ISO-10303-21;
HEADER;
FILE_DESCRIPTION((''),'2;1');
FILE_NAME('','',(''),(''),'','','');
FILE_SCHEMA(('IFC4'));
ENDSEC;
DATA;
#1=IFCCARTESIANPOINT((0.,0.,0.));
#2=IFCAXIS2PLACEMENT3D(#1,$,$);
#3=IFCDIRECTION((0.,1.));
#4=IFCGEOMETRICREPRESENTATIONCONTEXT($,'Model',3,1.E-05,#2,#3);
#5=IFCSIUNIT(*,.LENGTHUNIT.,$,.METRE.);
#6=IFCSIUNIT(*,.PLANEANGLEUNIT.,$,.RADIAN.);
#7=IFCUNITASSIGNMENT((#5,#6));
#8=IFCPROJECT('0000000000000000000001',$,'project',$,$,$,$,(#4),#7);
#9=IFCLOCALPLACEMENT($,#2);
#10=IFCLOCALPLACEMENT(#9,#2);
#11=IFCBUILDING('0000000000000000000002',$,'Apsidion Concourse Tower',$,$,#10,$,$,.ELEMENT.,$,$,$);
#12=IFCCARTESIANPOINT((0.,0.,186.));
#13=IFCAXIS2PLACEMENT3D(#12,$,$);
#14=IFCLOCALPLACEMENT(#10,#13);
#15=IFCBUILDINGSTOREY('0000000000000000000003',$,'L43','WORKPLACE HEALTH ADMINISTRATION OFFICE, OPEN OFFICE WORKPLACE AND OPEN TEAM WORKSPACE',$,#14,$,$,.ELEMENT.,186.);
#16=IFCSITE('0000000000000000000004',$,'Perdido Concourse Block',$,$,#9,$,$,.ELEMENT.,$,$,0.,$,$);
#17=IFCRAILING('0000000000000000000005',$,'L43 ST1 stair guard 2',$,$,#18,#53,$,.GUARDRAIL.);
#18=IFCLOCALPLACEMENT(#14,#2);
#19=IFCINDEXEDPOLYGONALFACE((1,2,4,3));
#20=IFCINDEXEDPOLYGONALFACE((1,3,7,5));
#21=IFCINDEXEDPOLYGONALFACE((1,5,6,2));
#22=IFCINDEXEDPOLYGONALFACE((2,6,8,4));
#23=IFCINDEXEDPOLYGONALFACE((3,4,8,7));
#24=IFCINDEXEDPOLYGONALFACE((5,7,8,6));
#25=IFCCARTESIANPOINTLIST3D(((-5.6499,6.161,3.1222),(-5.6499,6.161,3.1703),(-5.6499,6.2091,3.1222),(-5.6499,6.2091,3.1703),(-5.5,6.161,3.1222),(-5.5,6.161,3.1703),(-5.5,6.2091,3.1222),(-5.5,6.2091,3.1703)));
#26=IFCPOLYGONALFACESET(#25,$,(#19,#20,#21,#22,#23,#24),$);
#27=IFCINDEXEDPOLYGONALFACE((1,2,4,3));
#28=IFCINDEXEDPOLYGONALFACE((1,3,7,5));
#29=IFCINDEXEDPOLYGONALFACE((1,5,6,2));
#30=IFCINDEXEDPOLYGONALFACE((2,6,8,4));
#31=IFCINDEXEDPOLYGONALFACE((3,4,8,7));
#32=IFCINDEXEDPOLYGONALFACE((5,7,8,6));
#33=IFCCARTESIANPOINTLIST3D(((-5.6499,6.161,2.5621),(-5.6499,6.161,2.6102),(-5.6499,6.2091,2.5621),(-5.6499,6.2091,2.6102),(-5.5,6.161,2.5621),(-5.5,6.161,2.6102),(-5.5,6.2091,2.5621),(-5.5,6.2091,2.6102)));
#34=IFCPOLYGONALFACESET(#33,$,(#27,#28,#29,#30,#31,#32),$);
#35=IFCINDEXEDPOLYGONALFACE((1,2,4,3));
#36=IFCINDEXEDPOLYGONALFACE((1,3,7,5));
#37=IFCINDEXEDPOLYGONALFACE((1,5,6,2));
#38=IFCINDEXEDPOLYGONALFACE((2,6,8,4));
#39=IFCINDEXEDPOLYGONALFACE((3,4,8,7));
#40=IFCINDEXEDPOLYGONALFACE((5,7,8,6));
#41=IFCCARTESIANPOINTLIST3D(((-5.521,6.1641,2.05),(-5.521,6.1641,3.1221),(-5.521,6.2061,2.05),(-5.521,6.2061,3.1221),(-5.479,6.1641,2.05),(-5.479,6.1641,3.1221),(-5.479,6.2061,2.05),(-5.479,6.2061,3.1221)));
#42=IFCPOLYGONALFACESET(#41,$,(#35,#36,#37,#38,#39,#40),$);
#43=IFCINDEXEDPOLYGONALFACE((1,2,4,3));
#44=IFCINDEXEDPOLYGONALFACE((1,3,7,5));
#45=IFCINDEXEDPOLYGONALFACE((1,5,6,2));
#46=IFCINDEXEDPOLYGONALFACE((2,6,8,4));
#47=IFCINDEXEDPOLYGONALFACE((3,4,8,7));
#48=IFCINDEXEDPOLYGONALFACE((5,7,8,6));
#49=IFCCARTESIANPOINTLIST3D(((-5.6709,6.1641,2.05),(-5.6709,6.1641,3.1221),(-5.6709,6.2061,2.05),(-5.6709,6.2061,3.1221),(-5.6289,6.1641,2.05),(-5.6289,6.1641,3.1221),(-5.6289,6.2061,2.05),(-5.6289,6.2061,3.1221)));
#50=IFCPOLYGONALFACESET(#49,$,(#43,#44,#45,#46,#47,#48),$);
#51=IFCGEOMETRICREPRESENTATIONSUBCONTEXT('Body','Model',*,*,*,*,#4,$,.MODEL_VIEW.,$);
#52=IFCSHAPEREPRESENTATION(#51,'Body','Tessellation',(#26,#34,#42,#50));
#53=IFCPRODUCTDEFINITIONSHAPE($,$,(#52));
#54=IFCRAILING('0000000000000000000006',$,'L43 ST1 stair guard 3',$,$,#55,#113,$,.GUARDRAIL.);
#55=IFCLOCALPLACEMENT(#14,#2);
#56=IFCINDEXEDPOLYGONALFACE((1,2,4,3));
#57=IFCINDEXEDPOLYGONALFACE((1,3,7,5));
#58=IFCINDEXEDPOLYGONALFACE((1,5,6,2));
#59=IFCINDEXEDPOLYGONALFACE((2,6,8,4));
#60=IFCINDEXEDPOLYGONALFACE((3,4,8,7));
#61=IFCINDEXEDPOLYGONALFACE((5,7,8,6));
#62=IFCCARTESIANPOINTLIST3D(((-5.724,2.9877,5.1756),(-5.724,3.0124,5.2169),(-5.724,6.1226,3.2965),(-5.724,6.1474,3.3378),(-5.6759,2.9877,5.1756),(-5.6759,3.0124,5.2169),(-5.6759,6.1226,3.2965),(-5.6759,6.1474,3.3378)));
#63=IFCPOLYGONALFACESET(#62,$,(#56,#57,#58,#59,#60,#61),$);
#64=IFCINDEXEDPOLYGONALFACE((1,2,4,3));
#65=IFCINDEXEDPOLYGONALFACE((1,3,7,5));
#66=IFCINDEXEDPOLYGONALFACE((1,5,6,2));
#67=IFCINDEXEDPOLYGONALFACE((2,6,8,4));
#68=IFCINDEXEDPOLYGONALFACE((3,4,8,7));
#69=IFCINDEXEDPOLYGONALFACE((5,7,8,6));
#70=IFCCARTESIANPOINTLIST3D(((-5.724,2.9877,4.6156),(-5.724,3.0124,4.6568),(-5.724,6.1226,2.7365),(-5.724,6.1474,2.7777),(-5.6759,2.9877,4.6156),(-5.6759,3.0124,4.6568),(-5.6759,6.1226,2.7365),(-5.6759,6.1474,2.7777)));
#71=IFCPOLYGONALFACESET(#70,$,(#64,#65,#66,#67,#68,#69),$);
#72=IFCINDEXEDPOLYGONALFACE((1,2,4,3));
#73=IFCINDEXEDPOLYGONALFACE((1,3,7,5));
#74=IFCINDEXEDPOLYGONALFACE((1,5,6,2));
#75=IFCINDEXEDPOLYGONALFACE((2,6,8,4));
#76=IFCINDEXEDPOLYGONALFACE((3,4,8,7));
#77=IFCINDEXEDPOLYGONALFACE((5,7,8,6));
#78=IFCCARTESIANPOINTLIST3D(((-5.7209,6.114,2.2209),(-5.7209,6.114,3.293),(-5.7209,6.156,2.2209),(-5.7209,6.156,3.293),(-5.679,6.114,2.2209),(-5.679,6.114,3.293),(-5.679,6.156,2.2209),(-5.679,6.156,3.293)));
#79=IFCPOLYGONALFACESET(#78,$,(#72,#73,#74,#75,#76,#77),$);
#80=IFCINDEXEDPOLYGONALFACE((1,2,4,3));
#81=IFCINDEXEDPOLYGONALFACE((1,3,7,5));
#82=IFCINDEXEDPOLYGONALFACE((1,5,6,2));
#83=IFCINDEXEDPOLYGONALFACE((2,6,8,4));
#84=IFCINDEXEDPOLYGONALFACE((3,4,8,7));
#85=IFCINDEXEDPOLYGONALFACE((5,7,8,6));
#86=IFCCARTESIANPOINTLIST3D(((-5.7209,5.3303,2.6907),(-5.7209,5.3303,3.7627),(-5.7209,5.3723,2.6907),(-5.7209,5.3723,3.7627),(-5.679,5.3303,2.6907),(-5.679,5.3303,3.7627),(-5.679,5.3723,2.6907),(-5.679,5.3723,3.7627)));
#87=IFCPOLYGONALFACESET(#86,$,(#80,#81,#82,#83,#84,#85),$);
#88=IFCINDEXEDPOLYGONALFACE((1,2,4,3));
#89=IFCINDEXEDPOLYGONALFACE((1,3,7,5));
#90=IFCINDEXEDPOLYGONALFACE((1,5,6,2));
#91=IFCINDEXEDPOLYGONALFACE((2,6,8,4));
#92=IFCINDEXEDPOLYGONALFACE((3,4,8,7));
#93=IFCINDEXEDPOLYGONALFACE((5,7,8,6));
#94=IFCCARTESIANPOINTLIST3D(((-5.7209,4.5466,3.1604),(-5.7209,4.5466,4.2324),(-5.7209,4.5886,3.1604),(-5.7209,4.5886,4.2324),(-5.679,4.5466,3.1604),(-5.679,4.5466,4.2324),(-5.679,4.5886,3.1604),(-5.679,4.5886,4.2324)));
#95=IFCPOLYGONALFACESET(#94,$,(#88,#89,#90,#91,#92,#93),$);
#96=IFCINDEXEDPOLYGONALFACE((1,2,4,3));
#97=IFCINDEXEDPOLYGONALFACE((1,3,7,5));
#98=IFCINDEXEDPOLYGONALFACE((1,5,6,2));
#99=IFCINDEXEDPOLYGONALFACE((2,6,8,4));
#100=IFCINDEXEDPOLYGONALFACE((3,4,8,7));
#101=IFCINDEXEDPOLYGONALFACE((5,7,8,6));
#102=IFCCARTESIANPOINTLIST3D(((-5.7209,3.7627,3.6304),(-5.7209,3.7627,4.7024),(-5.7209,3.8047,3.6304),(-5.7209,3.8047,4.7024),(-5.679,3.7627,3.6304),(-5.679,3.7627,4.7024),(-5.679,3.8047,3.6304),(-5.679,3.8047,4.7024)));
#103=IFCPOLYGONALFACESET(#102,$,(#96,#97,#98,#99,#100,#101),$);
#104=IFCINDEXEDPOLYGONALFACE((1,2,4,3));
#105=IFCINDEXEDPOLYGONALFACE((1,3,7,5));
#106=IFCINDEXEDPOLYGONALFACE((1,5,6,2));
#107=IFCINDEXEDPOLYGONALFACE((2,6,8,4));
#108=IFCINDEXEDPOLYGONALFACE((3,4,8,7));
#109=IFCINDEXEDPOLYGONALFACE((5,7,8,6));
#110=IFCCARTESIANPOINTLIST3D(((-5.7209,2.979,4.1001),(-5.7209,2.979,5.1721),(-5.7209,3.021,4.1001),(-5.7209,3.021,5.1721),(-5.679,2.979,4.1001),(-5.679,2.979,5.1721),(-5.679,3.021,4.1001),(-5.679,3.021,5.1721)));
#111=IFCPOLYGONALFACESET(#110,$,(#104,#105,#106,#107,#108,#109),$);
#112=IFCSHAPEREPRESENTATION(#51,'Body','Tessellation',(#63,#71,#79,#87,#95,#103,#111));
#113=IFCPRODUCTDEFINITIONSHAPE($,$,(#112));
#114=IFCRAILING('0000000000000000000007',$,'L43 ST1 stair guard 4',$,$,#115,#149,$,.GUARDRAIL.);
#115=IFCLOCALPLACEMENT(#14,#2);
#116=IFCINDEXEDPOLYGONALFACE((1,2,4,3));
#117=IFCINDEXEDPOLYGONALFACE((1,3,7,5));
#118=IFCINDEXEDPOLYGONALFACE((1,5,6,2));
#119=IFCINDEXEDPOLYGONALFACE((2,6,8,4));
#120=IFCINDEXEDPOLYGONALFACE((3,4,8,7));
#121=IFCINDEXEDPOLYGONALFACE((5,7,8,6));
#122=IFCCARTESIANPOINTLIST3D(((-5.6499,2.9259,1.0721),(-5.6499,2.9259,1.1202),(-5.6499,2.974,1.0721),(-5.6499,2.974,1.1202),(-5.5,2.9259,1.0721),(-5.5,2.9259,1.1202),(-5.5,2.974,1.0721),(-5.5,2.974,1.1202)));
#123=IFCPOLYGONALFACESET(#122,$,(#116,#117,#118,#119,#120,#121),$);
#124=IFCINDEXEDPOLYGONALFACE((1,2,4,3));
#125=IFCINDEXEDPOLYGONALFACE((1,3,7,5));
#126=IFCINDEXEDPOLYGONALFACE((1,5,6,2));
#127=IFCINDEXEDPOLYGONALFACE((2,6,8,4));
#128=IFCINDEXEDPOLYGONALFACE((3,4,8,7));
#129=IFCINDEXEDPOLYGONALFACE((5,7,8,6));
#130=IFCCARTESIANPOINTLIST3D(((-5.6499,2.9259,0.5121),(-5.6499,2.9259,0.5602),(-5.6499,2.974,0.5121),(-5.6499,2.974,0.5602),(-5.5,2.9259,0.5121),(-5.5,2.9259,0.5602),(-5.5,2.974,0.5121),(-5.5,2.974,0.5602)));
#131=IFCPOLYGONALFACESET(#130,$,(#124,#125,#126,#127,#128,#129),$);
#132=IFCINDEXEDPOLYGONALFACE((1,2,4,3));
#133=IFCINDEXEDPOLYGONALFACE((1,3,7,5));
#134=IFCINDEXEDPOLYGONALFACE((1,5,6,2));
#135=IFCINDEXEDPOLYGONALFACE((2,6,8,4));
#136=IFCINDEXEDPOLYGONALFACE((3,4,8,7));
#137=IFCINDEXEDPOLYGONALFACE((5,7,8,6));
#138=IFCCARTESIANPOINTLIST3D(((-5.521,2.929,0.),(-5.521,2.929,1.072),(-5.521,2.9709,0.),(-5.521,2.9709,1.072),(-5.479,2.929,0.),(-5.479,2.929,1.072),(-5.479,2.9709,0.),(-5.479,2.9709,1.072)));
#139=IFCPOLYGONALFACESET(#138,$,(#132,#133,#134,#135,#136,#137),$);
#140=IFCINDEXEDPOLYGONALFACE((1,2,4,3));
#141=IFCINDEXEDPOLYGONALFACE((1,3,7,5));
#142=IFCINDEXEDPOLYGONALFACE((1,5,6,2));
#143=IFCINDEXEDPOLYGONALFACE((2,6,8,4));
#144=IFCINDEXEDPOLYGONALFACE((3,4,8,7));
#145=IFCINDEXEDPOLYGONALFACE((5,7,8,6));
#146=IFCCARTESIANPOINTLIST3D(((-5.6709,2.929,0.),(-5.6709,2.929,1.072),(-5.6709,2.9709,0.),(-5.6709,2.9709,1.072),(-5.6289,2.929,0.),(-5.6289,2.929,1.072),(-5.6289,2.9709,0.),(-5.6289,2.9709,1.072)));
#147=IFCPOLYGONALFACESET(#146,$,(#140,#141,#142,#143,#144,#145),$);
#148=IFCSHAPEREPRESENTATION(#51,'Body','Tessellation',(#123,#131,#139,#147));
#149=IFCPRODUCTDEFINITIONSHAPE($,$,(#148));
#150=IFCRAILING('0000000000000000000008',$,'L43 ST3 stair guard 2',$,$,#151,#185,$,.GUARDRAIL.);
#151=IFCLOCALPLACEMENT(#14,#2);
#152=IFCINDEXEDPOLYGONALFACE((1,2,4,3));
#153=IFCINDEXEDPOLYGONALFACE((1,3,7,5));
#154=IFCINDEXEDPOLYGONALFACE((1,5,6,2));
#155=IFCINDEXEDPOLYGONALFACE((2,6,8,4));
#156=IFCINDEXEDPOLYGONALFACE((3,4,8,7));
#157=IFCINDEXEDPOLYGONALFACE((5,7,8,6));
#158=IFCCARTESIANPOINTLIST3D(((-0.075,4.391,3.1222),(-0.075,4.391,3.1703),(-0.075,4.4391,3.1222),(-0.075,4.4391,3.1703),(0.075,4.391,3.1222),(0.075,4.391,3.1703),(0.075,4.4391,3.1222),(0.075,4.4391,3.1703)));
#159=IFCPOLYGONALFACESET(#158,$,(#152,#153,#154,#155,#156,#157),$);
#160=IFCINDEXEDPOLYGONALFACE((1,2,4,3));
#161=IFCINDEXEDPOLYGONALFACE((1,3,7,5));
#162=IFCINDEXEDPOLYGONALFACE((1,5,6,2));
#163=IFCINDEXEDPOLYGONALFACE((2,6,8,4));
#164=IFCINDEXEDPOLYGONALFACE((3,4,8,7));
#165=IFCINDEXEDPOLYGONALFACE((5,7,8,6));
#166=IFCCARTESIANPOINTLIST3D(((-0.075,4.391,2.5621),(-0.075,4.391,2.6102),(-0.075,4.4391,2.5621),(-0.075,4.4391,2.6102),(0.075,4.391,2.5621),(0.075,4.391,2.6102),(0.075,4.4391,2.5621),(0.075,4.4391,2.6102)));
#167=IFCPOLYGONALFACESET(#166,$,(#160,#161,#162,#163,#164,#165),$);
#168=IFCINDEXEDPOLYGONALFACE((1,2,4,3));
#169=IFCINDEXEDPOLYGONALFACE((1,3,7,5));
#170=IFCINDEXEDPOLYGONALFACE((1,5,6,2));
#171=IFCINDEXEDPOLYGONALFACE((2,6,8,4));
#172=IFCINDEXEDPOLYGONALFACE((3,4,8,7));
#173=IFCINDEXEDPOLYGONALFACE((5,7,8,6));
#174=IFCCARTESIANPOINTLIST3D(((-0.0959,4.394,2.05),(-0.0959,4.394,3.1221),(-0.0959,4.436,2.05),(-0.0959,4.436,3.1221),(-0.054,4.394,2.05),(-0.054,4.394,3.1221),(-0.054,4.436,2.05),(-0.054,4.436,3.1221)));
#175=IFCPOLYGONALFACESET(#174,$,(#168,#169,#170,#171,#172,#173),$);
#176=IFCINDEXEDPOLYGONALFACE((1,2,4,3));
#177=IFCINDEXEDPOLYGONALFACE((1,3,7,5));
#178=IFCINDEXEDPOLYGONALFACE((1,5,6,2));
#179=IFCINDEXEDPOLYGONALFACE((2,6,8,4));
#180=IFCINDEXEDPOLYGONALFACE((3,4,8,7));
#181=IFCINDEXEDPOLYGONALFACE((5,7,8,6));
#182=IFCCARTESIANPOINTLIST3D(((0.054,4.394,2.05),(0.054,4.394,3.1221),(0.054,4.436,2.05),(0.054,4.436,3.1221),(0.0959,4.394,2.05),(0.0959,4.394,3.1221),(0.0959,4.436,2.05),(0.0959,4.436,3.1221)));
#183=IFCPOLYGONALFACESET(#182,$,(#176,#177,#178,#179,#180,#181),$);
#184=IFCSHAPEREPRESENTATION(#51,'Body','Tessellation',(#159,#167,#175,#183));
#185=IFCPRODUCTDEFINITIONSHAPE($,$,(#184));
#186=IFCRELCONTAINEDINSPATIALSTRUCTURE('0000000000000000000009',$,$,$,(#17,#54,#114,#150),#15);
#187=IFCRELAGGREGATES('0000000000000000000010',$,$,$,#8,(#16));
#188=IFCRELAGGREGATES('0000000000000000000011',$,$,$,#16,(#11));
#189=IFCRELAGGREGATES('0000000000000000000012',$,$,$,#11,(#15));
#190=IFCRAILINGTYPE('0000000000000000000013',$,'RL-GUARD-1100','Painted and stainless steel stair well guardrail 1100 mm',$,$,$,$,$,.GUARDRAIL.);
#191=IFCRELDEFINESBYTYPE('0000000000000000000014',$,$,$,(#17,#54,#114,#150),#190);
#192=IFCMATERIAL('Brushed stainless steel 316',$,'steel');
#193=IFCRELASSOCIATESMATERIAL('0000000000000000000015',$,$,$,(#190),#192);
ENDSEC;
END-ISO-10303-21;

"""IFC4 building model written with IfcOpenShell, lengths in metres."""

from ifc_helpers import new_model, si_unit, direction, frame, origin, origin_2d, place, context, subcontext, project, spatial, rectangle, extrude, material, type_object, element, save


model = new_model("IFC4")

# Units and contexts
model_context = context("Model", 3, precision=1e-05, world=origin(), true_north=direction((0.0, 1.0)))
body_context = subcontext(model_context, "Body", "Model", "MODEL_VIEW")
ifc_project = project(units=[si_unit("LENGTHUNIT", "METRE"), si_unit("PLANEANGLEUNIT", "RADIAN")], contexts=[model_context])

# Site, building, storey
site_placement = place(None, origin())
site = spatial("IfcSite", under=ifc_project, at=site_placement, Name="Perdido Concourse Block", CompositionType="ELEMENT", RefElevation=0.0)
building_placement = place(site_placement, origin())
building = spatial("IfcBuilding", under=site, at=building_placement, Name="Apsidion Concourse Tower", CompositionType="ELEMENT")
storey_placement = place(building_placement, frame((0.0, 0.0, 186.0)))
storey = spatial("IfcBuildingStorey", under=building, at=storey_placement, Name="L43", Description="WORKPLACE HEALTH ADMINISTRATION OFFICE, OPEN OFFICE WORKPLACE AND OPEN TEAM WORKSPACE", CompositionType="ELEMENT", Elevation=186.0)

# Shared definitions
ifc_material_1 = material(Name="Brushed stainless steel 316", Category="steel")

# Railings
railing_type_1 = type_object("IfcRailingType", Name="RL-GUARD-1100", Description="Painted and stainless steel stair well guardrail 1100 mm", PredefinedType="GUARDRAIL", material=ifc_material_1)
railing_1_placement = place(storey_placement, frame((-5.5, 6.1851, 2.05)))
element("IfcRailing", 1, at=railing_1_placement, inside=storey, type_object=railing_type_1, Name="L43 ST1 stair guard 2", PredefinedType="GUARDRAIL", context=body_context, shape_type="SweptSolid", body=[
    extrude(rectangle(XDim=0.0481, YDim=0.0481, at=origin_2d()), frame((0.0, 0.0, 1.0962), z_axis=(-1.0, 0.0, 0.0), x_axis=(0.0, -1.0, 0.0)), (0.0, 0.0, 1.0), 0.1499),
    extrude(rectangle(XDim=0.0481, YDim=0.0481, at=origin_2d()), frame((0.0, 0.0, 0.5361), z_axis=(-1.0, 0.0, 0.0), x_axis=(0.0, -1.0, 0.0)), (0.0, 0.0, 1.0), 0.1499),
    extrude(rectangle(XDim=0.042, YDim=0.042, at=origin_2d()), origin(), (0.0, 0.0, 1.0), 1.072),
    extrude(rectangle(XDim=0.042, YDim=0.042, at=origin_2d()), frame((-0.1499, 0.0, 0.0)), (0.0, 0.0, 1.0), 1.072),
])
railing_2_placement = place(storey_placement, frame((-5.7, 6.135, 2.2209)))
element("IfcRailing", 2, at=railing_2_placement, inside=storey, type_object=railing_type_1, Name="L43 ST1 stair guard 3", PredefinedType="GUARDRAIL", context=body_context, shape_type="SweptSolid", body=[
    extrude(rectangle(XDim=0.0481, YDim=0.0481, at=origin_2d()), frame((0.0, 0.0, 1.0962), z_axis=(0.0, -0.857717, 0.514122), x_axis=(1.0, 0.0, 0.0)), (0.0, 0.0, 1.0), 3.655),
    extrude(rectangle(XDim=0.0481, YDim=0.0481, at=origin_2d()), frame((0.0, 0.0, 0.5361), z_axis=(0.0, -0.857717, 0.514122), x_axis=(1.0, 0.0, 0.0)), (0.0, 0.0, 1.0), 3.655),
    extrude(rectangle(XDim=0.042, YDim=0.042, at=origin_2d()), origin(), (0.0, 0.0, 1.0), 1.072),
    extrude(rectangle(XDim=0.042, YDim=0.042, at=origin_2d()), frame((0.0, -0.7837, 0.4697)), (0.0, 0.0, 1.0), 1.072),
    extrude(rectangle(XDim=0.042, YDim=0.042, at=origin_2d()), frame((0.0, -1.5674, 0.9395)), (0.0, 0.0, 1.0), 1.072),
    extrude(rectangle(XDim=0.042, YDim=0.042, at=origin_2d()), frame((0.0, -2.3513, 1.4094)), (0.0, 0.0, 1.0), 1.072),
    extrude(rectangle(XDim=0.042, YDim=0.042, at=origin_2d()), frame((0.0, -3.135, 1.8792)), (0.0, 0.0, 1.0), 1.072),
])
railing_3_placement = place(storey_placement, frame((-5.5, 2.95, 0.0)))
element("IfcRailing", 3, at=railing_3_placement, inside=storey, type_object=railing_type_1, Name="L43 ST1 stair guard 4", PredefinedType="GUARDRAIL", context=body_context, shape_type="SweptSolid", body=[
    extrude(rectangle(XDim=0.0481, YDim=0.0481, at=origin_2d()), frame((0.0, 0.0, 1.0962), z_axis=(-1.0, 0.0, 0.0), x_axis=(0.0, -1.0, 0.0)), (0.0, 0.0, 1.0), 0.1499),
    extrude(rectangle(XDim=0.0481, YDim=0.0481, at=origin_2d()), frame((0.0, 0.0, 0.5361), z_axis=(-1.0, 0.0, 0.0), x_axis=(0.0, -1.0, 0.0)), (0.0, 0.0, 1.0), 0.1499),
    extrude(rectangle(XDim=0.042, YDim=0.042, at=origin_2d()), origin(), (0.0, 0.0, 1.0), 1.072),
    extrude(rectangle(XDim=0.042, YDim=0.042, at=origin_2d()), frame((-0.1499, 0.0, 0.0)), (0.0, 0.0, 1.0), 1.072),
])
railing_4_placement = place(storey_placement, frame((-0.075, 4.415, 2.05)))
element("IfcRailing", 4, at=railing_4_placement, inside=storey, type_object=railing_type_1, Name="L43 ST3 stair guard 2", PredefinedType="GUARDRAIL", context=body_context, shape_type="SweptSolid", body=[
    extrude(rectangle(XDim=0.0481, YDim=0.0481, at=origin_2d()), frame((0.0, 0.0, 1.0962), z_axis=(1.0, 0.0, 0.0), x_axis=(0.0, 1.0, 0.0)), (0.0, 0.0, 1.0), 0.1499),
    extrude(rectangle(XDim=0.0481, YDim=0.0481, at=origin_2d()), frame((0.0, 0.0, 0.5361), z_axis=(1.0, 0.0, 0.0), x_axis=(0.0, 1.0, 0.0)), (0.0, 0.0, 1.0), 0.1499),
    extrude(rectangle(XDim=0.042, YDim=0.042, at=origin_2d()), origin(), (0.0, 0.0, 1.0), 1.072),
    extrude(rectangle(XDim=0.042, YDim=0.042, at=origin_2d()), frame((0.1499, 0.0, 0.0)), (0.0, 0.0, 1.0), 1.072),
])

save(model, "model.ifc")
